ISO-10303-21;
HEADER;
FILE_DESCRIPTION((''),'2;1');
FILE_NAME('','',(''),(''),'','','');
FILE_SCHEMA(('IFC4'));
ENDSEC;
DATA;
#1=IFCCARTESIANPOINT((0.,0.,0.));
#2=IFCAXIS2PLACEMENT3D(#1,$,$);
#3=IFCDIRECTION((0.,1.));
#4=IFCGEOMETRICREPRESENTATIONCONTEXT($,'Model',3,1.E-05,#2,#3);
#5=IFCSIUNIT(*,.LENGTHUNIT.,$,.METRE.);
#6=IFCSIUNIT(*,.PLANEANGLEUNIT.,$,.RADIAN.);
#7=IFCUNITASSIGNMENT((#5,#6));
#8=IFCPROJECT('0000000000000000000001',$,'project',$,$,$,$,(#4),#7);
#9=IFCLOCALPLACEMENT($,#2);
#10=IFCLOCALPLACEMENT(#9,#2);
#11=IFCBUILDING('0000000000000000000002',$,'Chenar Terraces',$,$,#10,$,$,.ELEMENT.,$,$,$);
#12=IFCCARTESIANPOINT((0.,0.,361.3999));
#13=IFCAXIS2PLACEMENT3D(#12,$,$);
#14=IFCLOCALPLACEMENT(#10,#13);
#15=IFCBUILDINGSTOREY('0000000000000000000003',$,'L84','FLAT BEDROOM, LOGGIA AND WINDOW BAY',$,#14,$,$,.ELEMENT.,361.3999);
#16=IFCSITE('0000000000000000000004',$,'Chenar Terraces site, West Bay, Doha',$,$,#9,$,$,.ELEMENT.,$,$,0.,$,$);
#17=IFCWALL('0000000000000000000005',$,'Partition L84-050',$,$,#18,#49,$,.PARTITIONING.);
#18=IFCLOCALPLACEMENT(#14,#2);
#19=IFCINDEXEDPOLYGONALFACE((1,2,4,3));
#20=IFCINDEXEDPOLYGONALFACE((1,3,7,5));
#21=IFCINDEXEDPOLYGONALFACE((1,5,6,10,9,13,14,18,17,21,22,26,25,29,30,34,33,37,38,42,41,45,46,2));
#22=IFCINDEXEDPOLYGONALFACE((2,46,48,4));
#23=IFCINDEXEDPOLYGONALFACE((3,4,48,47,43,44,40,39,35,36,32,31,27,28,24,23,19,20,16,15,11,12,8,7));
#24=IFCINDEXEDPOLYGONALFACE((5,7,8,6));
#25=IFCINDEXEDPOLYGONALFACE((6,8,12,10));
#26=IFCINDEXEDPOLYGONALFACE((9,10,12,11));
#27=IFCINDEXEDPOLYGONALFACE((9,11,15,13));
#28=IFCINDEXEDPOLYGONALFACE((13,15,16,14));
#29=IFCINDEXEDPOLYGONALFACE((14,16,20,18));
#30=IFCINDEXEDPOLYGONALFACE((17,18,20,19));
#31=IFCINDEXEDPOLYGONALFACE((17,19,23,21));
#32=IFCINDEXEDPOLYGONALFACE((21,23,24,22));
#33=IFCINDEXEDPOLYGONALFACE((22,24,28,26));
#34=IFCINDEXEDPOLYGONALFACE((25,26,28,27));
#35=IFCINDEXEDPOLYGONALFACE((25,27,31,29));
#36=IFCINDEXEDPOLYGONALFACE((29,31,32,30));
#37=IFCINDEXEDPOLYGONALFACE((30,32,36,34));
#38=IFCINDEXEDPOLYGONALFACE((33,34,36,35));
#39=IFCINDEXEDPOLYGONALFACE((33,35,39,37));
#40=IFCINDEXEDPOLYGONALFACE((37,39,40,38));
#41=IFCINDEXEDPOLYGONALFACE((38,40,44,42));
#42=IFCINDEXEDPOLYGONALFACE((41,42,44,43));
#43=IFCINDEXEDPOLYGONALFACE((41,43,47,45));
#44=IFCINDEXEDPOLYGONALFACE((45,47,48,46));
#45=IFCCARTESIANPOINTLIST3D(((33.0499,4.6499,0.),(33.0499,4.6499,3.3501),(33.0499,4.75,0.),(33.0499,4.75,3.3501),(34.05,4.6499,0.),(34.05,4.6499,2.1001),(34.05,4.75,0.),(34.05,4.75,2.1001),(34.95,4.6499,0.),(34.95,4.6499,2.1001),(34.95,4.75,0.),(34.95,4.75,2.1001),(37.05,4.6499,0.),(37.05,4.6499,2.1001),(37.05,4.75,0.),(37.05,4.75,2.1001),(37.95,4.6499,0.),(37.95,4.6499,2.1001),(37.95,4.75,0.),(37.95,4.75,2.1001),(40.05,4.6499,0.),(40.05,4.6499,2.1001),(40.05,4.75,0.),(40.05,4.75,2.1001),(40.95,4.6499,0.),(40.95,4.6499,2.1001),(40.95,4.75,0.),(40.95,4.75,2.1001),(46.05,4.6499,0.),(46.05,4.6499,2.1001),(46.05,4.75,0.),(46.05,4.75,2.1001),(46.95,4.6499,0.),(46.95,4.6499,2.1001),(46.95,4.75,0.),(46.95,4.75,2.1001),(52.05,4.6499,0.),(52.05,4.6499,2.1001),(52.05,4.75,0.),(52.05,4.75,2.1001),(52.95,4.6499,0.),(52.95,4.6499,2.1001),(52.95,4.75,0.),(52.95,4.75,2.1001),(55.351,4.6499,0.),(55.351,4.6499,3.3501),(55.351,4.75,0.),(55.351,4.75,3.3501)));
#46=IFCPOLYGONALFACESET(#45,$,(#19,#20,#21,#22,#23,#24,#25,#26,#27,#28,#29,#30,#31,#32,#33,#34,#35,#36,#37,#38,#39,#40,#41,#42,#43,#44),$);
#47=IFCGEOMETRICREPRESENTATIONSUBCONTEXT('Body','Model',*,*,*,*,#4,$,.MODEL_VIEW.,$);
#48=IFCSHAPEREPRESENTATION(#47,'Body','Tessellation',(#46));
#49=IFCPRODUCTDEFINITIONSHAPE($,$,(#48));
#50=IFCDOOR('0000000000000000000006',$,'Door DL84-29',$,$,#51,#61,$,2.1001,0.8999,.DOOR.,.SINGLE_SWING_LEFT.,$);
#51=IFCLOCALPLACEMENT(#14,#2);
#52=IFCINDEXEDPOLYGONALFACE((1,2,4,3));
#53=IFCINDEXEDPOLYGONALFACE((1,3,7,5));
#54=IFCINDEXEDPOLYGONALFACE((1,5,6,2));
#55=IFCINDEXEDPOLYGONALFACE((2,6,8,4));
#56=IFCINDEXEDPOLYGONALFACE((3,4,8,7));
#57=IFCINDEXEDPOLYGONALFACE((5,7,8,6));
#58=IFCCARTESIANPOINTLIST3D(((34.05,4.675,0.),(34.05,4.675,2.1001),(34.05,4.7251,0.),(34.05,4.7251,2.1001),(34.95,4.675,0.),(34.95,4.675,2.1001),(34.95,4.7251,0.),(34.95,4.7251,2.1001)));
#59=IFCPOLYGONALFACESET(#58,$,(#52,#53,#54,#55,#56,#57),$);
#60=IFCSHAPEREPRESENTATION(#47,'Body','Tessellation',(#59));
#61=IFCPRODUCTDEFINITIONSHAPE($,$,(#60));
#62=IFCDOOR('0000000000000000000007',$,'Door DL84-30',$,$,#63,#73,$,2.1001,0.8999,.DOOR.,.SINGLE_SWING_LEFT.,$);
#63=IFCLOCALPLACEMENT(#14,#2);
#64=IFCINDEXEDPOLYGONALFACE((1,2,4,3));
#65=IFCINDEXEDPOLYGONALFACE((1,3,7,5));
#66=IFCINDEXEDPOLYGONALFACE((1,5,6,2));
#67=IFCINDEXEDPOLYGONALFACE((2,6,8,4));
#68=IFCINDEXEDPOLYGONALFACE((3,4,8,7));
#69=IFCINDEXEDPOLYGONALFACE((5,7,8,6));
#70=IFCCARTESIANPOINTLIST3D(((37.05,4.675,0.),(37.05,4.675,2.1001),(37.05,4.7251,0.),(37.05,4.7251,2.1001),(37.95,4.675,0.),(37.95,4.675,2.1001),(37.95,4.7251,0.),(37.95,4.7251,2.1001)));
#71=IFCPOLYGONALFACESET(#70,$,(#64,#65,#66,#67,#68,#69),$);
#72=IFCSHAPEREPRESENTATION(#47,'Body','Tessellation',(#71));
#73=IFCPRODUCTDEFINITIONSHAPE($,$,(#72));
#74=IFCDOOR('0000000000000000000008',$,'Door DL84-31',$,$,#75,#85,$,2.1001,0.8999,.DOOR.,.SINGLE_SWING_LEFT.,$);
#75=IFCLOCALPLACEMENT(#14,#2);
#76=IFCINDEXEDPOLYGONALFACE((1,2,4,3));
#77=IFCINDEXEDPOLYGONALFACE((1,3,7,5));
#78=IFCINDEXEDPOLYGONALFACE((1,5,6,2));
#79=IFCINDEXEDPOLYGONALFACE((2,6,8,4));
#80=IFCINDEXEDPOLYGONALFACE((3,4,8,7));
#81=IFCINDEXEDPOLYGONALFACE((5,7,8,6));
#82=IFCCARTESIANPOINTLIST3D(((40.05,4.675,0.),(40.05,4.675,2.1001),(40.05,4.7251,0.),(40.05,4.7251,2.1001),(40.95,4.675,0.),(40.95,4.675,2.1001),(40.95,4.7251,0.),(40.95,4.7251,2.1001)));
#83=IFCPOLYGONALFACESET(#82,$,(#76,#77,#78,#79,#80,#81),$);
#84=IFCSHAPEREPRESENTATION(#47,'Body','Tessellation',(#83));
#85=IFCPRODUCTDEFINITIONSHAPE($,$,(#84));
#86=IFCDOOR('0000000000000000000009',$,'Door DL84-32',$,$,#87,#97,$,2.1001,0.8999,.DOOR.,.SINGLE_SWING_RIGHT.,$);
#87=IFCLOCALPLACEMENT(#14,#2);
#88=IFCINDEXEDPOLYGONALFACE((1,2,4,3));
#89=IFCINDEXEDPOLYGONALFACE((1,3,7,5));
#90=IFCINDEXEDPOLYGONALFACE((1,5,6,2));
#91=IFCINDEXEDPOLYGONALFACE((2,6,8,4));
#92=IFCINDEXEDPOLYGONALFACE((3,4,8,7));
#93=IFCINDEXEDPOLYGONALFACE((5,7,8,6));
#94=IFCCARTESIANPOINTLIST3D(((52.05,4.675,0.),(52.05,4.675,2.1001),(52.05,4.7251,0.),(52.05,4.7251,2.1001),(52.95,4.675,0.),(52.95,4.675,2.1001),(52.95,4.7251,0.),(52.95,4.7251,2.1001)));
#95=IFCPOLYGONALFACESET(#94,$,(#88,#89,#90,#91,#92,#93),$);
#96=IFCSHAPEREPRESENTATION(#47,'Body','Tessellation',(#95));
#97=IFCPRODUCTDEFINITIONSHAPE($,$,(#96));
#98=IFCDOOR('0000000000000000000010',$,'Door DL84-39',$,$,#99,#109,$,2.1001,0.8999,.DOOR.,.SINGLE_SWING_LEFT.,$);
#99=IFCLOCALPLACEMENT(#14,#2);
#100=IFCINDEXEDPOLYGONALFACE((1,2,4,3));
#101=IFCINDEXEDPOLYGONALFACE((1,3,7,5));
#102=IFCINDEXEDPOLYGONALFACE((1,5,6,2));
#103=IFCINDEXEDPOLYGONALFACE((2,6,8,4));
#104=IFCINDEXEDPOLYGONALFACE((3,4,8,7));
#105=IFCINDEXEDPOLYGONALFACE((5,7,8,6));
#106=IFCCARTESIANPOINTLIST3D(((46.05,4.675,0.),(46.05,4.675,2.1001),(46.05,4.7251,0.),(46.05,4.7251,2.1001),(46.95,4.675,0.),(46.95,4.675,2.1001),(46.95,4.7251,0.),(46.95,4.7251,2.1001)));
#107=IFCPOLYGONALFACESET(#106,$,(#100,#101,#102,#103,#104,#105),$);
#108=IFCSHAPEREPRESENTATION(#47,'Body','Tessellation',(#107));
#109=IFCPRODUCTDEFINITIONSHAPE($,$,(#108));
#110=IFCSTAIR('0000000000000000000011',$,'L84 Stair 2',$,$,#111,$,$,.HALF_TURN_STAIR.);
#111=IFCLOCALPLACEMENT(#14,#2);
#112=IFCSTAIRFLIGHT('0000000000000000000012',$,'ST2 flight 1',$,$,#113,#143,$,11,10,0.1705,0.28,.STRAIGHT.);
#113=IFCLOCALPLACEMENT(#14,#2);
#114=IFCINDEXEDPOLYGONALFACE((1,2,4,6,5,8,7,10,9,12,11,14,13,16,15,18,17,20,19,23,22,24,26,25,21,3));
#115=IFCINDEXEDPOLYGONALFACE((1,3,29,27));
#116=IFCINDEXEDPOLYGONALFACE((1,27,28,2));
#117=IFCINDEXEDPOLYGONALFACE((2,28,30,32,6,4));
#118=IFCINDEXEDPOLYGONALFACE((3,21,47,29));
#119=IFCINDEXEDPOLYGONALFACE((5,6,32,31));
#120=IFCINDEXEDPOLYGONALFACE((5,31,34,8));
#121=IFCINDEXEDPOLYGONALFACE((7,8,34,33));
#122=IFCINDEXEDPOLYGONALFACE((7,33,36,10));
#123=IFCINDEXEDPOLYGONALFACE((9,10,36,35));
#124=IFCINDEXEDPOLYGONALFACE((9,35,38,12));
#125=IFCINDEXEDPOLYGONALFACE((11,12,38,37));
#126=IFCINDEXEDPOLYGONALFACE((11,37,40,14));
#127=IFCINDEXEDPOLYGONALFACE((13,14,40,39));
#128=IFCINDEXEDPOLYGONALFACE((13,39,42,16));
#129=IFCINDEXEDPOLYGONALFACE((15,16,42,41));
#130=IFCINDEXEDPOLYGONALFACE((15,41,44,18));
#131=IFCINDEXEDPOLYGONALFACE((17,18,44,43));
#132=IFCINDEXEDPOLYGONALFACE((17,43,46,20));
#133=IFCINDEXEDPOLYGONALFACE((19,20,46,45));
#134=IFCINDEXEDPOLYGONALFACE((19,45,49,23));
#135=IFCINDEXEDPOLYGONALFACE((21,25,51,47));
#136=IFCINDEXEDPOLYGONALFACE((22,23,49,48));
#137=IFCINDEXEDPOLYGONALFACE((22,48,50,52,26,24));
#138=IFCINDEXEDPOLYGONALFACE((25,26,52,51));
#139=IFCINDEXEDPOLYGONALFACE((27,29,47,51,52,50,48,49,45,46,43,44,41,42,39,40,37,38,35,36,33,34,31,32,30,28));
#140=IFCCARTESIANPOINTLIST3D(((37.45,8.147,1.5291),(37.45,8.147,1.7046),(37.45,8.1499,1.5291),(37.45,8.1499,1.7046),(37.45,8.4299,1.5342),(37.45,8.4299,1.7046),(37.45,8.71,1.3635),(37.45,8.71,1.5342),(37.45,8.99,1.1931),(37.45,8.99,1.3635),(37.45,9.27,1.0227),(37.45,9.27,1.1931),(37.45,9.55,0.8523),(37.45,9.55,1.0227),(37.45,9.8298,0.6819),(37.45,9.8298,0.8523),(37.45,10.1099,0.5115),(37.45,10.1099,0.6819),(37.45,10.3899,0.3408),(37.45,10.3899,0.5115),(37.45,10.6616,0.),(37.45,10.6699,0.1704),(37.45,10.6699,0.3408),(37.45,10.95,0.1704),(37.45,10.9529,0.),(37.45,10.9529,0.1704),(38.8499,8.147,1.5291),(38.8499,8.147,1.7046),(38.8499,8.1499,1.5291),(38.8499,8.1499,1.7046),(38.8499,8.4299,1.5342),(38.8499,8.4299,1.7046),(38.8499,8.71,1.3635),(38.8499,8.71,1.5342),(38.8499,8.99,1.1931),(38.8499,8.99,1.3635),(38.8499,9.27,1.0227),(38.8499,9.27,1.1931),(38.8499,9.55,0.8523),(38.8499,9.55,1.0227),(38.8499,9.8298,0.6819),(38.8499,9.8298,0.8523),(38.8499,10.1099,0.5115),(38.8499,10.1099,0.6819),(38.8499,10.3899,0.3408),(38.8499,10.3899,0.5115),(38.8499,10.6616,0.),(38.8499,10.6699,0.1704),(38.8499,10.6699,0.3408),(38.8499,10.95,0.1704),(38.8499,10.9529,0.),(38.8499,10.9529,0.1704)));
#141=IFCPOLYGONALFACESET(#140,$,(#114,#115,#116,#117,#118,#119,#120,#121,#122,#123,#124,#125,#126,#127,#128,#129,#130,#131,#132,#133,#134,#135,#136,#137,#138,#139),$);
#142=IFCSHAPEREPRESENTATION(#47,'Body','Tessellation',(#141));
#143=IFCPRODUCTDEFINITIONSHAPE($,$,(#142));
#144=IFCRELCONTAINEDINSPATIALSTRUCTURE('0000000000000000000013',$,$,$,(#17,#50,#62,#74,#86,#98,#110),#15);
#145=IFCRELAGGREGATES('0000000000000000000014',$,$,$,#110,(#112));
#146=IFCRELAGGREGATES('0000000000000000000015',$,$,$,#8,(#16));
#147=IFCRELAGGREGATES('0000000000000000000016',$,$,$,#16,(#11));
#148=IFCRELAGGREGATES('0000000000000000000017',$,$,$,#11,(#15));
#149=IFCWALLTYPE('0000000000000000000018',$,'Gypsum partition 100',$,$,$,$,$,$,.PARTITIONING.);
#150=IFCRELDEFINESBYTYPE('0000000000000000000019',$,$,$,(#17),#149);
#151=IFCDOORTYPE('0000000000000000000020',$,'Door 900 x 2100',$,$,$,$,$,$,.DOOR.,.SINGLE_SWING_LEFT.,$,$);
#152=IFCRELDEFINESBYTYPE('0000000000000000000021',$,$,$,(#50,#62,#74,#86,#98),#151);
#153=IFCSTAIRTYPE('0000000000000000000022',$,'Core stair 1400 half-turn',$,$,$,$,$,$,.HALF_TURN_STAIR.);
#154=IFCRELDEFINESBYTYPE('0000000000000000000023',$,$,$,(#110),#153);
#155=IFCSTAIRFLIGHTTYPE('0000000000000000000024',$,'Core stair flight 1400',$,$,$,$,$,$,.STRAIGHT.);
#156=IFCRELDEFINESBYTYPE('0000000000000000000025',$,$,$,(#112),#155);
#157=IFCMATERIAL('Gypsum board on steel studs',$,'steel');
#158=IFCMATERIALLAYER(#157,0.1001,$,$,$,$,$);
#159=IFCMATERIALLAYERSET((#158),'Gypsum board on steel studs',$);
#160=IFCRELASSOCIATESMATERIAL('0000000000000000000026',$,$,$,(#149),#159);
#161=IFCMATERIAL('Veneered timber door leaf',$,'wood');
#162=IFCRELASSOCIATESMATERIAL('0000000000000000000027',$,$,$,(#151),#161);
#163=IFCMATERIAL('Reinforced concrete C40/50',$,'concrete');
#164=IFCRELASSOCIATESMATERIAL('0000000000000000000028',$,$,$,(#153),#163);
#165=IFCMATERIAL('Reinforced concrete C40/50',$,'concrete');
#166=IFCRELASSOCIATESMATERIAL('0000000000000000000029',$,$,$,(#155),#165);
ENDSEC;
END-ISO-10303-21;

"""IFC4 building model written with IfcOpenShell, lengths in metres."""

from ifc_helpers import new_model, si_unit, direction, frame, frame_2d, origin, place, context, subcontext, project, spatial, polyline, rectangle, outline, extrude, material, layer, layer_set, type_object, element, fill, aggregate, save


model = new_model("IFC4")

# Units and contexts
model_context = context("Model", 3, precision=1e-05, world=origin(), true_north=direction((0.0, 1.0)))
body_context = subcontext(model_context, "Body", "Model", "MODEL_VIEW")
ifc_project = project(units=[si_unit("LENGTHUNIT", "METRE"), si_unit("PLANEANGLEUNIT", "RADIAN")], contexts=[model_context])

# Site, building, storey
site_placement = place(None, origin())
site = spatial("IfcSite", under=ifc_project, at=site_placement, Name="Chenar Terraces site, West Bay, Doha", CompositionType="ELEMENT", RefElevation=0.0)
building_placement = place(site_placement, origin())
building = spatial("IfcBuilding", under=site, at=building_placement, Name="Chenar Terraces", CompositionType="ELEMENT")
storey_placement = place(building_placement, frame((0.0, 0.0, 361.3999)))
storey = spatial("IfcBuildingStorey", under=building, at=storey_placement, Name="L84", Description="FLAT BEDROOM, LOGGIA AND WINDOW BAY", CompositionType="ELEMENT", Elevation=361.3999)

# Wall, openings, doors
ifc_material_1 = material(Name="Gypsum board on steel studs", Category="steel")
ifc_layer_1 = layer(ifc_material_1, 0.1001)
ifc_layer_set_1 = layer_set([ifc_layer_1], Name="Gypsum board on steel studs")
wall_type_1 = type_object("IfcWallType", Name="Gypsum partition 100", PredefinedType="PARTITIONING", material=ifc_layer_set_1)
wall_1_placement = place(storey_placement, frame((33.05, 4.7, 0.0), z_axis=(0.0, 0.0, 1.0), x_axis=(1.0, 0.0, 0.0)))
wall_1 = element("IfcWall", 1, at=wall_1_placement, inside=storey, type_object=wall_type_1, Name="Partition L84-050", PredefinedType="PARTITIONING", context=body_context, shape_type="SweptSolid", body=[
    extrude(rectangle(XDim=22.301, YDim=0.1001, at=frame_2d((11.1504, 0.0))), origin(), (0.0, 0.0, 1.0), 3.3501),
])
opening_1_placement = place(wall_1_placement, frame((1.0, 0.0, 0.0)))
opening_1 = element("IfcOpeningElement", 2, at=opening_1_placement, cuts=wall_1, PredefinedType="OPENING", context=body_context, shape_type="SweptSolid", body=[
    extrude(rectangle(XDim=0.8999, YDim=2.1001, at=frame_2d((0.45, 1.05))), frame((0.0, 0.0601, 0.0), z_axis=(0.0, -1.0, 0.0), x_axis=(1.0, 0.0, 0.0)), (0.0, 0.0, 1.0), 0.1201),
])
opening_2_placement = place(wall_1_placement, frame((4.0, 0.0, 0.0)))
opening_2 = element("IfcOpeningElement", 3, at=opening_2_placement, cuts=wall_1, PredefinedType="OPENING", context=body_context, shape_type="SweptSolid", body=[
    extrude(rectangle(XDim=0.8999, YDim=2.1001, at=frame_2d((0.45, 1.05))), frame((0.0, 0.0601, 0.0), z_axis=(0.0, -1.0, 0.0), x_axis=(1.0, 0.0, 0.0)), (0.0, 0.0, 1.0), 0.1201),
])
opening_3_placement = place(wall_1_placement, frame((7.0, 0.0, 0.0)))
opening_3 = element("IfcOpeningElement", 4, at=opening_3_placement, cuts=wall_1, PredefinedType="OPENING", context=body_context, shape_type="SweptSolid", body=[
    extrude(rectangle(XDim=0.8999, YDim=2.1001, at=frame_2d((0.45, 1.05))), frame((0.0, 0.0601, 0.0), z_axis=(0.0, -1.0, 0.0), x_axis=(1.0, 0.0, 0.0)), (0.0, 0.0, 1.0), 0.1201),
])
opening_4_placement = place(wall_1_placement, frame((19.0, 0.0, 0.0)))
opening_4 = element("IfcOpeningElement", 5, at=opening_4_placement, cuts=wall_1, PredefinedType="OPENING", context=body_context, shape_type="SweptSolid", body=[
    extrude(rectangle(XDim=0.8999, YDim=2.1001, at=frame_2d((0.45, 1.05))), frame((0.0, 0.0601, 0.0), z_axis=(0.0, -1.0, 0.0), x_axis=(1.0, 0.0, 0.0)), (0.0, 0.0, 1.0), 0.1201),
])
opening_5_placement = place(wall_1_placement, frame((13.0, 0.0, 0.0)))
opening_5 = element("IfcOpeningElement", 6, at=opening_5_placement, cuts=wall_1, PredefinedType="OPENING", context=body_context, shape_type="SweptSolid", body=[
    extrude(rectangle(XDim=0.8999, YDim=2.1001, at=frame_2d((0.45, 1.05))), frame((0.0, 0.0601, 0.0), z_axis=(0.0, -1.0, 0.0), x_axis=(1.0, 0.0, 0.0)), (0.0, 0.0, 1.0), 0.1201),
])
ifc_material_2 = material(Name="Veneered timber door leaf", Category="wood")
door_type_1 = type_object("IfcDoorType", Name="Door 900 x 2100", OperationType="SINGLE_SWING_LEFT", PredefinedType="DOOR", material=ifc_material_2)
door_1_placement = place(opening_1_placement, frame((0.8999, 0.0, 0.0), z_axis=(0.0, 0.0, 1.0), x_axis=(-1.0, 0.0, 0.0)))
door_1 = element("IfcDoor", 7, at=door_1_placement, inside=storey, type_object=door_type_1, Name="Door DL84-29", OperationType="SINGLE_SWING_LEFT", OverallHeight=2.1001, OverallWidth=0.8999, PredefinedType="DOOR", context=body_context, shape_type="SweptSolid", body=[
    extrude(rectangle(XDim=0.8999, YDim=2.1001, at=frame_2d((0.45, 1.05))), frame((0.0, 0.0249, 0.0), z_axis=(0.0, -1.0, 0.0), x_axis=(1.0, 0.0, 0.0)), (0.0, 0.0, 1.0), 0.05),
])
fill(opening_1, door_1)
door_2_placement = place(opening_2_placement, frame((0.8999, 0.0, 0.0), z_axis=(0.0, 0.0, 1.0), x_axis=(-1.0, 0.0, 0.0)))
door_2 = element("IfcDoor", 8, at=door_2_placement, inside=storey, type_object=door_type_1, Name="Door DL84-30", OperationType="SINGLE_SWING_LEFT", OverallHeight=2.1001, OverallWidth=0.8999, PredefinedType="DOOR", context=body_context, shape_type="SweptSolid", body=[
    extrude(rectangle(XDim=0.8999, YDim=2.1001, at=frame_2d((0.45, 1.05))), frame((0.0, 0.0249, 0.0), z_axis=(0.0, -1.0, 0.0), x_axis=(1.0, 0.0, 0.0)), (0.0, 0.0, 1.0), 0.05),
])
fill(opening_2, door_2)
door_3_placement = place(opening_3_placement, frame((0.8999, 0.0, 0.0), z_axis=(0.0, 0.0, 1.0), x_axis=(-1.0, 0.0, 0.0)))
door_3 = element("IfcDoor", 9, at=door_3_placement, inside=storey, type_object=door_type_1, Name="Door DL84-31", OperationType="SINGLE_SWING_LEFT", OverallHeight=2.1001, OverallWidth=0.8999, PredefinedType="DOOR", context=body_context, shape_type="SweptSolid", body=[
    extrude(rectangle(XDim=0.8999, YDim=2.1001, at=frame_2d((0.45, 1.05))), frame((0.0, 0.0249, 0.0), z_axis=(0.0, -1.0, 0.0), x_axis=(1.0, 0.0, 0.0)), (0.0, 0.0, 1.0), 0.05),
])
fill(opening_3, door_3)
door_4_placement = place(opening_4_placement, frame((0.8999, 0.0, 0.0), z_axis=(0.0, 0.0, 1.0), x_axis=(-1.0, 0.0, 0.0)))
door_4 = element("IfcDoor", 10, at=door_4_placement, inside=storey, type_object=door_type_1, Name="Door DL84-32", OperationType="SINGLE_SWING_RIGHT", OverallHeight=2.1001, OverallWidth=0.8999, PredefinedType="DOOR", context=body_context, shape_type="SweptSolid", body=[
    extrude(rectangle(XDim=0.8999, YDim=2.1001, at=frame_2d((0.45, 1.05))), frame((0.0, 0.0249, 0.0), z_axis=(0.0, -1.0, 0.0), x_axis=(1.0, 0.0, 0.0)), (0.0, 0.0, 1.0), 0.05),
])
fill(opening_4, door_4)
door_5_placement = place(opening_5_placement, frame((0.8999, 0.0, 0.0), z_axis=(0.0, 0.0, 1.0), x_axis=(-1.0, 0.0, 0.0)))
door_5 = element("IfcDoor", 11, at=door_5_placement, inside=storey, type_object=door_type_1, Name="Door DL84-39", OperationType="SINGLE_SWING_LEFT", OverallHeight=2.1001, OverallWidth=0.8999, PredefinedType="DOOR", context=body_context, shape_type="SweptSolid", body=[
    extrude(rectangle(XDim=0.8999, YDim=2.1001, at=frame_2d((0.45, 1.05))), frame((0.0, 0.0249, 0.0), z_axis=(0.0, -1.0, 0.0), x_axis=(1.0, 0.0, 0.0)), (0.0, 0.0, 1.0), 0.05),
])
fill(opening_5, door_5)

# Stair, stair flight
ifc_material_3 = material(Name="Reinforced concrete C40/50", Category="concrete")
stair_type = type_object("IfcStairType", Name="Core stair 1400 half-turn", PredefinedType="HALF_TURN_STAIR", material=ifc_material_3)
stair_placement = place(storey_placement, origin())
stair = element("IfcStair", 12, at=stair_placement, inside=storey, type_object=stair_type, Name="L84 Stair 2", PredefinedType="HALF_TURN_STAIR")
ifc_material_4 = material(Name="Reinforced concrete C40/50", Category="concrete")
stair_flight_type = type_object("IfcStairFlightType", Name="Core stair flight 1400", PredefinedType="STRAIGHT", material=ifc_material_4)
stair_flight_placement = place(storey_placement, frame((38.1499, 10.95, 0.0), z_axis=(0.0, 0.0, 1.0), x_axis=(0.0, -1.0, 0.0)))
stair_flight = element("IfcStairFlight", 13, at=stair_flight_placement, type_object=stair_flight_type, Name="ST2 flight 1", NumberOfRisers=11, NumberOfTreads=10, PredefinedType="STRAIGHT", RiserHeight=0.1705, TreadLength=0.28, context=body_context, shape_type="SweptSolid", body=[
    extrude(outline(polyline([(-0.0029, 0.0), (-0.0029, 0.1704), (0.0, 0.1704), (0.28, 0.1704), (0.28, 0.3408), (0.5601, 0.3408), (0.5601, 0.5115), (0.8401, 0.5115), (0.8401, 0.6819), (1.1201, 0.6819), (1.1201, 0.8523), (1.3999, 0.8523), (1.3999, 1.0227), (1.6799, 1.0227), (1.6799, 1.1931), (1.96, 1.1931), (1.96, 1.3635), (2.24, 1.3635), (2.24, 1.5342), (2.52, 1.5342), (2.52, 1.7046), (2.8, 1.7046), (2.803, 1.7046), (2.803, 1.5291), (2.8, 1.5291), (0.2883, 0.0), (-0.0029, 0.0)])), frame((0.0, 0.7, 0.0), z_axis=(0.0, -1.0, 0.0), x_axis=(1.0, 0.0, 0.0)), (0.0, 0.0, 1.0), 1.3999),
])
aggregate(stair, [stair_flight])

save(model, "model.ifc")
